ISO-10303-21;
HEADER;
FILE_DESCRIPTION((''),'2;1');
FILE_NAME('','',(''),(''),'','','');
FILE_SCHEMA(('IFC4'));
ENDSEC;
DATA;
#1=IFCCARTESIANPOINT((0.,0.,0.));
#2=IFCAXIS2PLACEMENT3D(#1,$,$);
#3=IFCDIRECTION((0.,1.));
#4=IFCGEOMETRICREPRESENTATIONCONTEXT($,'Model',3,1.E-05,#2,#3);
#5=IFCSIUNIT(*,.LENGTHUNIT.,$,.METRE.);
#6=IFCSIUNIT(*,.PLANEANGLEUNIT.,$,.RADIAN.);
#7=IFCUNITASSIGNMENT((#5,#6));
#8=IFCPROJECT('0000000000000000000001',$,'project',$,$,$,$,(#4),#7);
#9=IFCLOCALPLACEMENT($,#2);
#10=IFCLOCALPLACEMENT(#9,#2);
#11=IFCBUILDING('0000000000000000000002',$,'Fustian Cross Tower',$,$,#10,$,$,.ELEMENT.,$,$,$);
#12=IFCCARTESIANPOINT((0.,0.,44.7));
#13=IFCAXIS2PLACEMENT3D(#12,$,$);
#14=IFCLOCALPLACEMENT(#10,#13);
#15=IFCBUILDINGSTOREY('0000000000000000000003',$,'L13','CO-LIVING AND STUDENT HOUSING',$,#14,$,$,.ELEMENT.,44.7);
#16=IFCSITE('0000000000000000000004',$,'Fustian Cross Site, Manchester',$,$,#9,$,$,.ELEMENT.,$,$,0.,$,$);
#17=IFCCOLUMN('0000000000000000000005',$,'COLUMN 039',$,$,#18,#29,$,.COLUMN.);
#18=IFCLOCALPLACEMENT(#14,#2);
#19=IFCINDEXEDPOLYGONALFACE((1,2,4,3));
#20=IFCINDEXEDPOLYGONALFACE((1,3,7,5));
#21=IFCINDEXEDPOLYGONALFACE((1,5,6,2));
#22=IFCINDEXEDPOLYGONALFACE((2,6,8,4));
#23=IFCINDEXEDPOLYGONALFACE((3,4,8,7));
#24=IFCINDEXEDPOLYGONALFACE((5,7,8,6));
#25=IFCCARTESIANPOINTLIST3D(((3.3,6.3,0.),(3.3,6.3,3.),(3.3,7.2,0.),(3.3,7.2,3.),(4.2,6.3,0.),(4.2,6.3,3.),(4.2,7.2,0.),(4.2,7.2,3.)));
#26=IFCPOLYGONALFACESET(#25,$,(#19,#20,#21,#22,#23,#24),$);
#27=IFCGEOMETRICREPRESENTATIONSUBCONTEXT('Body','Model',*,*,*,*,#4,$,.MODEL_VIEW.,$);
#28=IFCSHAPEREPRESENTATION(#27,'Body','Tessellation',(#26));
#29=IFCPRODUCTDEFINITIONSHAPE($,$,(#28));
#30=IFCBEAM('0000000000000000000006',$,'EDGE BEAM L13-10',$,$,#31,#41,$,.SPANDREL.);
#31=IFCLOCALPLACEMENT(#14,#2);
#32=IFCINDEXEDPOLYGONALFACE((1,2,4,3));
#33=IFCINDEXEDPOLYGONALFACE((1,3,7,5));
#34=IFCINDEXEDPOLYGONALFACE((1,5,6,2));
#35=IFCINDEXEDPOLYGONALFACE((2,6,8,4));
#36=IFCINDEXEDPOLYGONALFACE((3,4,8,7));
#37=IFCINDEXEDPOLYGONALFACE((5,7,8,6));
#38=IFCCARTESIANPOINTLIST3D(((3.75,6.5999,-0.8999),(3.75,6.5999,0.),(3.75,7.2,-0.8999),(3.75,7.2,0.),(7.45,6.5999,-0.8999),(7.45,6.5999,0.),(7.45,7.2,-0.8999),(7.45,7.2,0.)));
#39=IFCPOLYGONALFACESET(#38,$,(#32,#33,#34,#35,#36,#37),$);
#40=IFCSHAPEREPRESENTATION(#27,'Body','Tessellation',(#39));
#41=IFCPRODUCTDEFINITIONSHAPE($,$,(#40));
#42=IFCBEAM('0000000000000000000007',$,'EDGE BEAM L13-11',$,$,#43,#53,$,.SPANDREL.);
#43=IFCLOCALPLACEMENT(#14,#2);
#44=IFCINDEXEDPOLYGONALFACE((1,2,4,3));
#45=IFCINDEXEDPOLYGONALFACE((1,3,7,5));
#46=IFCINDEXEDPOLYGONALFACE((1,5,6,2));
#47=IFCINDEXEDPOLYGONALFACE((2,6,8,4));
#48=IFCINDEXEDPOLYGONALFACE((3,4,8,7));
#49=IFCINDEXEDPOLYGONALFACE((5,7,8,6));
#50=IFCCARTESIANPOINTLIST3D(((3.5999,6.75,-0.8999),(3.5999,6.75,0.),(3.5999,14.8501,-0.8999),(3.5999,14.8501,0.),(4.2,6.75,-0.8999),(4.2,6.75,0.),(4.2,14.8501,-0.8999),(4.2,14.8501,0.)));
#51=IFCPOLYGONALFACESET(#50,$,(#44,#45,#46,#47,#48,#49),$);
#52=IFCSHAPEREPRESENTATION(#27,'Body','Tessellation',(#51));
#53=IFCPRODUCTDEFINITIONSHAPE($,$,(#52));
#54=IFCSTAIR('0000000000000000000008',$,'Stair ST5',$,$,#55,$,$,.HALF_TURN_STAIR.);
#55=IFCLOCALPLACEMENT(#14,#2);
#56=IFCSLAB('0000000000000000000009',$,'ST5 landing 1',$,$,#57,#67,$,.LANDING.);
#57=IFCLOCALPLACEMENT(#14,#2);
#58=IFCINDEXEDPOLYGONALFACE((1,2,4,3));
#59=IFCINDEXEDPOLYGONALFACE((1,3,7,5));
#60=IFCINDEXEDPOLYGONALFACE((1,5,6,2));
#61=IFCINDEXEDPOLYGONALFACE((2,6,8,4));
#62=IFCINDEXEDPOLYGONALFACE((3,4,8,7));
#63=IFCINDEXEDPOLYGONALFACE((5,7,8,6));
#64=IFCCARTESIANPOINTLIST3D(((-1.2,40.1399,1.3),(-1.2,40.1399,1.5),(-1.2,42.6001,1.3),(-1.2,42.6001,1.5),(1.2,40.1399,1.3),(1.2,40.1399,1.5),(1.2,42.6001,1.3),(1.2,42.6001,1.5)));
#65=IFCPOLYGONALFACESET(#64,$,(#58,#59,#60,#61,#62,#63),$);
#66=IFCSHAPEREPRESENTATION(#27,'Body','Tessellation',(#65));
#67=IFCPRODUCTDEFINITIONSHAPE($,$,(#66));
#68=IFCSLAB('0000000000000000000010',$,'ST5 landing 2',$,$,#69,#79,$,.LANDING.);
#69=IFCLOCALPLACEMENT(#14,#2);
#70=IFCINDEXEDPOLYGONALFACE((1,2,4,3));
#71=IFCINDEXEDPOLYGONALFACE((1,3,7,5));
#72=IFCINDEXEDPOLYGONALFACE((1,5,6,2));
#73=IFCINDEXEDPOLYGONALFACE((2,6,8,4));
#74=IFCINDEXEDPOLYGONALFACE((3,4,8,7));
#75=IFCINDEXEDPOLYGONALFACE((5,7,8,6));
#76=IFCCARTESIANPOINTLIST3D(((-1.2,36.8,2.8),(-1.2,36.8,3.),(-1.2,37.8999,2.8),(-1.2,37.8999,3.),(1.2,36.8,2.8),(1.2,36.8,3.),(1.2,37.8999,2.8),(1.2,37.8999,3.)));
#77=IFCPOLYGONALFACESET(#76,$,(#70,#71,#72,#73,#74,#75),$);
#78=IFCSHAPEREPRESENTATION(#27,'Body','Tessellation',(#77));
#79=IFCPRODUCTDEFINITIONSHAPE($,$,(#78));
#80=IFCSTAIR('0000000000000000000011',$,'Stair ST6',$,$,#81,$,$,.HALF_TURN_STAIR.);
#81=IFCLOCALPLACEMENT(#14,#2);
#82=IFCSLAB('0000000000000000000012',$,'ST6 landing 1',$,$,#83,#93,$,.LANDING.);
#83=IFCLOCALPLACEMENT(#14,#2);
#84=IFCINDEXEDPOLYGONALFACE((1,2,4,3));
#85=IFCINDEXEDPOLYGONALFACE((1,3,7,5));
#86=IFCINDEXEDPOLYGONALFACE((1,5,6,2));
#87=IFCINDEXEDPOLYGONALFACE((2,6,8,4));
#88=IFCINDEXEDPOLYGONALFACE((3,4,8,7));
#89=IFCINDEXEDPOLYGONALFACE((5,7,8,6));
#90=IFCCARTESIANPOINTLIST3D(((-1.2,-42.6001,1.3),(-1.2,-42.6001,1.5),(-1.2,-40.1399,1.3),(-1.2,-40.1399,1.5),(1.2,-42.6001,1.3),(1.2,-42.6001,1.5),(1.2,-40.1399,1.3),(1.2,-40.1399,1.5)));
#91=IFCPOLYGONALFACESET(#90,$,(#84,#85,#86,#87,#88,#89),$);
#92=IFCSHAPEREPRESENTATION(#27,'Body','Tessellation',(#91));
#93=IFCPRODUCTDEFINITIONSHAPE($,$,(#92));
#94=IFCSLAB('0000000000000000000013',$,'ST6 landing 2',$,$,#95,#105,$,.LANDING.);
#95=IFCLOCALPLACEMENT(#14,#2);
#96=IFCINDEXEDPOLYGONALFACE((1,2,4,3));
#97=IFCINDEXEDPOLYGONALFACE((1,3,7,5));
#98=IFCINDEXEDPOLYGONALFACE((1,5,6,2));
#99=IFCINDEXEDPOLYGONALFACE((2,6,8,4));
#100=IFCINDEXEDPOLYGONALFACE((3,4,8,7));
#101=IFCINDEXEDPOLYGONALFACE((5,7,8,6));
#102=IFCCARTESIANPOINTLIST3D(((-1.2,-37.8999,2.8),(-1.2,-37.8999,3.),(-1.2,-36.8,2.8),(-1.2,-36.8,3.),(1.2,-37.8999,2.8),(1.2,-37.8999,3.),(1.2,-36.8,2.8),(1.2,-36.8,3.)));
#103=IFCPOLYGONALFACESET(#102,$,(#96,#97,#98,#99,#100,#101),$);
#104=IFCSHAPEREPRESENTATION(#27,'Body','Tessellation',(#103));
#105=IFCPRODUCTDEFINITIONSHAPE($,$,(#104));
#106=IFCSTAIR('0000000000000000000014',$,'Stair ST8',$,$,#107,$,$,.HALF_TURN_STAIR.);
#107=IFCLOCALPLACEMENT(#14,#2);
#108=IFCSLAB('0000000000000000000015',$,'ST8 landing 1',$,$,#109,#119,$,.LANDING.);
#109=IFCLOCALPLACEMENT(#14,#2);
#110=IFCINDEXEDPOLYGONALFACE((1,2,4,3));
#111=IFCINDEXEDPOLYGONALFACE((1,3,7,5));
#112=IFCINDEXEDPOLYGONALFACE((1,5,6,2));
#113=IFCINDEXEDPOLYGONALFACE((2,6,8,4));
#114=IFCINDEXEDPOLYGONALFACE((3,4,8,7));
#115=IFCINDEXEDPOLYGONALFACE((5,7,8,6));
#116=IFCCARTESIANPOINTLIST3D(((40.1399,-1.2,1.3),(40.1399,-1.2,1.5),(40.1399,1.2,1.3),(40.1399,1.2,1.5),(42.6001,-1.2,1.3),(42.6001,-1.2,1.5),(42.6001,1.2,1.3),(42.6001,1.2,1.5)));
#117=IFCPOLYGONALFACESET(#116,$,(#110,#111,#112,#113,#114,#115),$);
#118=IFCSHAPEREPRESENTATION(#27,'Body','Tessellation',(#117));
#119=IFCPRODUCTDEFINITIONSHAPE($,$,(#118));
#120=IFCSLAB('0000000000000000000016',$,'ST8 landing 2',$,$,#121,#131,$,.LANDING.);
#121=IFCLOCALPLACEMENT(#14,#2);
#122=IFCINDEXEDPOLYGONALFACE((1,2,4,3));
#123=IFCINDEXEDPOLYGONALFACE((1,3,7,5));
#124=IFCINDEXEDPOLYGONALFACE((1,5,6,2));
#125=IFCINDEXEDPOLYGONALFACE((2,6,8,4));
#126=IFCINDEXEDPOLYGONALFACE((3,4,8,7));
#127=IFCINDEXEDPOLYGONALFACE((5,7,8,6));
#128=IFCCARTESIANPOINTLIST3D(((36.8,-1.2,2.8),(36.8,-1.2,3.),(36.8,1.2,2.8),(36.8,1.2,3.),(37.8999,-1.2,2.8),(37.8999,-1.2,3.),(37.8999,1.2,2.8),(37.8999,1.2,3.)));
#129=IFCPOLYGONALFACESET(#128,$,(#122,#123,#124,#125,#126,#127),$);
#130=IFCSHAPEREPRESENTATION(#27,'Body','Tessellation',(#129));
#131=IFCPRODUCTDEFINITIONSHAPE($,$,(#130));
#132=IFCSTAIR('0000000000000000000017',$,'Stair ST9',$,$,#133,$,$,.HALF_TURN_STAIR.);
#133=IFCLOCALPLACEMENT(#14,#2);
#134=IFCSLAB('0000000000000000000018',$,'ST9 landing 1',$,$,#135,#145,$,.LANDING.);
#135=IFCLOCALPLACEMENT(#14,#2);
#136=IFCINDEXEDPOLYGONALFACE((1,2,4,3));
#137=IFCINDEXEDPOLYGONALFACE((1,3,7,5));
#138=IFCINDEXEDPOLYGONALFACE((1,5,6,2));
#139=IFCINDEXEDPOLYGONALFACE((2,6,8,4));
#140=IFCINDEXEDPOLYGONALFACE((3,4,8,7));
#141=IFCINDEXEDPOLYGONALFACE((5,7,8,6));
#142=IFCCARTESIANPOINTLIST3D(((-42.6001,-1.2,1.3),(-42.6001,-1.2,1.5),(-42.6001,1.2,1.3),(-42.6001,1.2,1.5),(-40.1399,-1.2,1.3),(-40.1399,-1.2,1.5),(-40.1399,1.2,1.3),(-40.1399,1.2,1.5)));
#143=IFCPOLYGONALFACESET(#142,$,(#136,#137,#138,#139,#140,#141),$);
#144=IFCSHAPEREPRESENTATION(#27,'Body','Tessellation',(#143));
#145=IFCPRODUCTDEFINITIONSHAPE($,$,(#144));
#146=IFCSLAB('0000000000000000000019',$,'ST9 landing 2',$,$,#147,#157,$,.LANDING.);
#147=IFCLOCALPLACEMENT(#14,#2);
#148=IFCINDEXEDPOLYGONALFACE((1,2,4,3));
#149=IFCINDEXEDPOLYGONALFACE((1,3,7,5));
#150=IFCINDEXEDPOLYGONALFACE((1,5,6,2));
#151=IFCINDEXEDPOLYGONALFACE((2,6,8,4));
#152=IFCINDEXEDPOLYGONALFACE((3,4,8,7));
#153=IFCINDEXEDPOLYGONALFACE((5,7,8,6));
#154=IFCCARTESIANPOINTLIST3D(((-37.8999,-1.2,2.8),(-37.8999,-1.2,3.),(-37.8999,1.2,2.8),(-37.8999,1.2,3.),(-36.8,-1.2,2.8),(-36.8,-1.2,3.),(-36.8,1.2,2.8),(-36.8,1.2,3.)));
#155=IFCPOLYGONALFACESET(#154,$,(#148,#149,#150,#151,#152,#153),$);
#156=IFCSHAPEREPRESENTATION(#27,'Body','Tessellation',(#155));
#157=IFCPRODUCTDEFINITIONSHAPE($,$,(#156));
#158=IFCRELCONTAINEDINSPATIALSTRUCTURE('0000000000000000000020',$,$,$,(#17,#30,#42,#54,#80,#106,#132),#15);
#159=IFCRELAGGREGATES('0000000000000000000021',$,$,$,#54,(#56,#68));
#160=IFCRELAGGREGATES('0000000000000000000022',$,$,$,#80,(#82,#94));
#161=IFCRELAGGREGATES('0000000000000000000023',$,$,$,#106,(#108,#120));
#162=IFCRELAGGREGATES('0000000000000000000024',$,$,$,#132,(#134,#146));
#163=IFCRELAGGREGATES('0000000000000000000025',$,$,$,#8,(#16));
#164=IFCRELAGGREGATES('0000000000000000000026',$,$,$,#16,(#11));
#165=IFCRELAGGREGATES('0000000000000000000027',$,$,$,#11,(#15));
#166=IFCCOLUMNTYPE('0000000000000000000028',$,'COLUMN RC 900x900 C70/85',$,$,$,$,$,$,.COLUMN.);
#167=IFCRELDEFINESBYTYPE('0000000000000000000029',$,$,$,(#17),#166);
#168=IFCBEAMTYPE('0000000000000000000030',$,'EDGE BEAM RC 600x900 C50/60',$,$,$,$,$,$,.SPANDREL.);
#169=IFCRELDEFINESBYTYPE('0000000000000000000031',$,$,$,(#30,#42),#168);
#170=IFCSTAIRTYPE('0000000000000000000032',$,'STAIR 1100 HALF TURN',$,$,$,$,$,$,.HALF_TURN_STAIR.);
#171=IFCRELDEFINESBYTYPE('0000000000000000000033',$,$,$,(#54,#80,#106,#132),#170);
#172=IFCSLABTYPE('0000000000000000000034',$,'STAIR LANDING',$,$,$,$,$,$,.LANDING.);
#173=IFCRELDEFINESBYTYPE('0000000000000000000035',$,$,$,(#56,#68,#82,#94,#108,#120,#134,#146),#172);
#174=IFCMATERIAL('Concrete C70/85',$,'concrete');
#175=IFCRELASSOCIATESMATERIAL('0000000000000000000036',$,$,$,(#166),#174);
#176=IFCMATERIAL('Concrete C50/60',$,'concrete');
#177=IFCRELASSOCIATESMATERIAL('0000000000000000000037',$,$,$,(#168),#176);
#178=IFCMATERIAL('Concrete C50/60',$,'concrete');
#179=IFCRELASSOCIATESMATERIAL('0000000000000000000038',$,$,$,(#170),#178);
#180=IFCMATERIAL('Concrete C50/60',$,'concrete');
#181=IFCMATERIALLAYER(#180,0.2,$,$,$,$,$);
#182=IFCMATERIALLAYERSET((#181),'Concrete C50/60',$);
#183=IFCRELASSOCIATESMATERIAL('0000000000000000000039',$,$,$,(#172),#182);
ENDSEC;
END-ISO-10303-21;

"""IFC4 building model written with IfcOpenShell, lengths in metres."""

from ifc_helpers import new_model, si_unit, direction, frame, origin, origin_2d, place, context, subcontext, project, spatial, polyline, rectangle, outline, extrude, material, layer, layer_set, material_profile, profile_set, type_object, element, aggregate, save


model = new_model("IFC4")

# Units and contexts
model_context = context("Model", 3, precision=1e-05, world=origin(), true_north=direction((0.0, 1.0)))
body_context = subcontext(model_context, "Body", "Model", "MODEL_VIEW")
ifc_project = project(units=[si_unit("LENGTHUNIT", "METRE"), si_unit("PLANEANGLEUNIT", "RADIAN")], contexts=[model_context])

# Site, building, storey
site_placement = place(None, origin())
site = spatial("IfcSite", under=ifc_project, at=site_placement, Name="Fustian Cross Site, Manchester", CompositionType="ELEMENT", RefElevation=0.0)
building_placement = place(site_placement, origin())
building = spatial("IfcBuilding", under=site, at=building_placement, Name="Fustian Cross Tower", CompositionType="ELEMENT")
storey_placement = place(building_placement, frame((0.0, 0.0, 44.7)))
storey = spatial("IfcBuildingStorey", under=building, at=storey_placement, Name="L13", Description="CO-LIVING AND STUDENT HOUSING", CompositionType="ELEMENT", Elevation=44.7)

# Column
ifc_material_1 = material(Name="Concrete C70/85", Category="concrete")
ifc_material_profile_1 = material_profile(ifc_material_1, rectangle(XDim=0.8999, YDim=0.8999, at=origin_2d()), Name="RC 900x900")
ifc_profile_set_1 = profile_set([ifc_material_profile_1], Name="Concrete C70/85")
column_type = type_object("IfcColumnType", Name="COLUMN RC 900x900 C70/85", PredefinedType="COLUMN", material=ifc_profile_set_1)
column_placement = place(storey_placement, frame((3.75, 6.75, 0.0), z_axis=(0.0, 0.0, 1.0), x_axis=(1.0, 0.0, 0.0)))
element("IfcColumn", 1, at=column_placement, inside=storey, type_object=column_type, Name="COLUMN 039", PredefinedType="COLUMN", context=body_context, shape_type="SweptSolid", body=[
    extrude(rectangle(XDim=0.8999, YDim=0.8999, at=origin_2d()), origin(), (0.0, 0.0, 1.0), 3.0),
])

# Beams
ifc_material_2 = material(Name="Concrete C50/60", Category="concrete")
ifc_material_profile_2 = material_profile(ifc_material_2, rectangle(XDim=0.6001, YDim=0.8999, at=origin_2d()), Name="RC 600x900")
ifc_profile_set_2 = profile_set([ifc_material_profile_2], Name="Concrete C50/60")
beam_type = type_object("IfcBeamType", Name="EDGE BEAM RC 600x900 C50/60", PredefinedType="SPANDREL", material=ifc_profile_set_2)
beam_1_placement = place(storey_placement, frame((7.45, 6.8999, -0.45), z_axis=(-1.0, 0.0, 0.0), x_axis=(0.0, -1.0, 0.0)))
element("IfcBeam", 2, at=beam_1_placement, inside=storey, type_object=beam_type, Name="EDGE BEAM L13-10", PredefinedType="SPANDREL", context=body_context, shape_type="SweptSolid", body=[
    extrude(rectangle(XDim=0.6001, YDim=0.8999, at=origin_2d()), origin(), (0.0, 0.0, 1.0), 3.7),
])
beam_2_placement = place(storey_placement, frame((3.8999, 6.75, -0.45), z_axis=(0.0, 1.0, 0.0), x_axis=(-1.0, 0.0, 0.0)))
element("IfcBeam", 3, at=beam_2_placement, inside=storey, type_object=beam_type, Name="EDGE BEAM L13-11", PredefinedType="SPANDREL", context=body_context, shape_type="SweptSolid", body=[
    extrude(rectangle(XDim=0.6001, YDim=0.8999, at=origin_2d()), origin(), (0.0, 0.0, 1.0), 8.1001),
])

# Stairs, slabs
ifc_material_3 = material(Name="Concrete C50/60", Category="concrete")
stair_type = type_object("IfcStairType", Name="STAIR 1100 HALF TURN", PredefinedType="HALF_TURN_STAIR", material=ifc_material_3)
stair_1_placement = place(storey_placement, origin())
stair_1 = element("IfcStair", 4, at=stair_1_placement, inside=storey, type_object=stair_type, Name="Stair ST5", PredefinedType="HALF_TURN_STAIR")
ifc_material_4 = material(Name="Concrete C50/60", Category="concrete")
ifc_layer_1 = layer(ifc_material_4, 0.2)
ifc_layer_set_1 = layer_set([ifc_layer_1], Name="Concrete C50/60")
slab_type = type_object("IfcSlabType", Name="STAIR LANDING", PredefinedType="LANDING", material=ifc_layer_set_1)
slab_1_placement = place(storey_placement, frame((0.0, 0.0, 1.3)))
slab_1 = element("IfcSlab", 5, at=slab_1_placement, type_object=slab_type, Name="ST5 landing 1", PredefinedType="LANDING", context=body_context, shape_type="SweptSolid", body=[
    extrude(outline(polyline([(-1.2, 40.1399), (-1.2, 42.6001), (1.2, 42.6001), (1.2, 40.1399), (-1.2, 40.1399)])), origin(), (0.0, 0.0, 1.0), 0.2),
])
slab_2_placement = place(storey_placement, frame((0.0, 0.0, 2.8)))
slab_2 = element("IfcSlab", 6, at=slab_2_placement, type_object=slab_type, Name="ST5 landing 2", PredefinedType="LANDING", context=body_context, shape_type="SweptSolid", body=[
    extrude(outline(polyline([(-1.2, 36.8), (-1.2, 37.8999), (1.2, 37.8999), (1.2, 36.8), (-1.2, 36.8)])), origin(), (0.0, 0.0, 1.0), 0.2),
])
aggregate(stair_1, [slab_1, slab_2])
stair_2_placement = place(storey_placement, origin())
stair_2 = element("IfcStair", 7, at=stair_2_placement, inside=storey, type_object=stair_type, Name="Stair ST6", PredefinedType="HALF_TURN_STAIR")
slab_3_placement = place(storey_placement, frame((0.0, 0.0, 1.3)))
slab_3 = element("IfcSlab", 8, at=slab_3_placement, type_object=slab_type, Name="ST6 landing 1", PredefinedType="LANDING", context=body_context, shape_type="SweptSolid", body=[
    extrude(outline(polyline([(-1.2, -40.1399), (-1.2, -42.6001), (1.2, -42.6001), (1.2, -40.1399), (-1.2, -40.1399)])), origin(), (0.0, 0.0, 1.0), 0.2),
])
slab_4_placement = place(storey_placement, frame((0.0, 0.0, 2.8)))
slab_4 = element("IfcSlab", 9, at=slab_4_placement, type_object=slab_type, Name="ST6 landing 2", PredefinedType="LANDING", context=body_context, shape_type="SweptSolid", body=[
    extrude(outline(polyline([(-1.2, -36.8), (-1.2, -37.8999), (1.2, -37.8999), (1.2, -36.8), (-1.2, -36.8)])), origin(), (0.0, 0.0, 1.0), 0.2),
])
aggregate(stair_2, [slab_3, slab_4])
stair_3_placement = place(storey_placement, origin())
stair_3 = element("IfcStair", 10, at=stair_3_placement, inside=storey, type_object=stair_type, Name="Stair ST8", PredefinedType="HALF_TURN_STAIR")
slab_5_placement = place(storey_placement, frame((0.0, 0.0, 1.3)))
slab_5 = element("IfcSlab", 11, at=slab_5_placement, type_object=slab_type, Name="ST8 landing 1", PredefinedType="LANDING", context=body_context, shape_type="SweptSolid", body=[
    extrude(outline(polyline([(40.1399, -1.2), (42.6001, -1.2), (42.6001, 1.2), (40.1399, 1.2), (40.1399, -1.2)])), origin(), (0.0, 0.0, 1.0), 0.2),
])
slab_6_placement = place(storey_placement, frame((0.0, 0.0, 2.8)))
slab_6 = element("IfcSlab", 12, at=slab_6_placement, type_object=slab_type, Name="ST8 landing 2", PredefinedType="LANDING", context=body_context, shape_type="SweptSolid", body=[
    extrude(outline(polyline([(36.8, -1.2), (37.8999, -1.2), (37.8999, 1.2), (36.8, 1.2), (36.8, -1.2)])), origin(), (0.0, 0.0, 1.0), 0.2),
])
aggregate(stair_3, [slab_5, slab_6])
stair_4_placement = place(storey_placement, origin())
stair_4 = element("IfcStair", 13, at=stair_4_placement, inside=storey, type_object=stair_type, Name="Stair ST9", PredefinedType="HALF_TURN_STAIR")
slab_7_placement = place(storey_placement, frame((0.0, 0.0, 1.3)))
slab_7 = element("IfcSlab", 14, at=slab_7_placement, type_object=slab_type, Name="ST9 landing 1", PredefinedType="LANDING", context=body_context, shape_type="SweptSolid", body=[
    extrude(outline(polyline([(-40.1399, -1.2), (-42.6001, -1.2), (-42.6001, 1.2), (-40.1399, 1.2), (-40.1399, -1.2)])), origin(), (0.0, 0.0, 1.0), 0.2),
])
slab_8_placement = place(storey_placement, frame((0.0, 0.0, 2.8)))
slab_8 = element("IfcSlab", 15, at=slab_8_placement, type_object=slab_type, Name="ST9 landing 2", PredefinedType="LANDING", context=body_context, shape_type="SweptSolid", body=[
    extrude(outline(polyline([(-36.8, -1.2), (-37.8999, -1.2), (-37.8999, 1.2), (-36.8, 1.2), (-36.8, -1.2)])), origin(), (0.0, 0.0, 1.0), 0.2),
])
aggregate(stair_4, [slab_7, slab_8])

save(model, "model.ifc")
